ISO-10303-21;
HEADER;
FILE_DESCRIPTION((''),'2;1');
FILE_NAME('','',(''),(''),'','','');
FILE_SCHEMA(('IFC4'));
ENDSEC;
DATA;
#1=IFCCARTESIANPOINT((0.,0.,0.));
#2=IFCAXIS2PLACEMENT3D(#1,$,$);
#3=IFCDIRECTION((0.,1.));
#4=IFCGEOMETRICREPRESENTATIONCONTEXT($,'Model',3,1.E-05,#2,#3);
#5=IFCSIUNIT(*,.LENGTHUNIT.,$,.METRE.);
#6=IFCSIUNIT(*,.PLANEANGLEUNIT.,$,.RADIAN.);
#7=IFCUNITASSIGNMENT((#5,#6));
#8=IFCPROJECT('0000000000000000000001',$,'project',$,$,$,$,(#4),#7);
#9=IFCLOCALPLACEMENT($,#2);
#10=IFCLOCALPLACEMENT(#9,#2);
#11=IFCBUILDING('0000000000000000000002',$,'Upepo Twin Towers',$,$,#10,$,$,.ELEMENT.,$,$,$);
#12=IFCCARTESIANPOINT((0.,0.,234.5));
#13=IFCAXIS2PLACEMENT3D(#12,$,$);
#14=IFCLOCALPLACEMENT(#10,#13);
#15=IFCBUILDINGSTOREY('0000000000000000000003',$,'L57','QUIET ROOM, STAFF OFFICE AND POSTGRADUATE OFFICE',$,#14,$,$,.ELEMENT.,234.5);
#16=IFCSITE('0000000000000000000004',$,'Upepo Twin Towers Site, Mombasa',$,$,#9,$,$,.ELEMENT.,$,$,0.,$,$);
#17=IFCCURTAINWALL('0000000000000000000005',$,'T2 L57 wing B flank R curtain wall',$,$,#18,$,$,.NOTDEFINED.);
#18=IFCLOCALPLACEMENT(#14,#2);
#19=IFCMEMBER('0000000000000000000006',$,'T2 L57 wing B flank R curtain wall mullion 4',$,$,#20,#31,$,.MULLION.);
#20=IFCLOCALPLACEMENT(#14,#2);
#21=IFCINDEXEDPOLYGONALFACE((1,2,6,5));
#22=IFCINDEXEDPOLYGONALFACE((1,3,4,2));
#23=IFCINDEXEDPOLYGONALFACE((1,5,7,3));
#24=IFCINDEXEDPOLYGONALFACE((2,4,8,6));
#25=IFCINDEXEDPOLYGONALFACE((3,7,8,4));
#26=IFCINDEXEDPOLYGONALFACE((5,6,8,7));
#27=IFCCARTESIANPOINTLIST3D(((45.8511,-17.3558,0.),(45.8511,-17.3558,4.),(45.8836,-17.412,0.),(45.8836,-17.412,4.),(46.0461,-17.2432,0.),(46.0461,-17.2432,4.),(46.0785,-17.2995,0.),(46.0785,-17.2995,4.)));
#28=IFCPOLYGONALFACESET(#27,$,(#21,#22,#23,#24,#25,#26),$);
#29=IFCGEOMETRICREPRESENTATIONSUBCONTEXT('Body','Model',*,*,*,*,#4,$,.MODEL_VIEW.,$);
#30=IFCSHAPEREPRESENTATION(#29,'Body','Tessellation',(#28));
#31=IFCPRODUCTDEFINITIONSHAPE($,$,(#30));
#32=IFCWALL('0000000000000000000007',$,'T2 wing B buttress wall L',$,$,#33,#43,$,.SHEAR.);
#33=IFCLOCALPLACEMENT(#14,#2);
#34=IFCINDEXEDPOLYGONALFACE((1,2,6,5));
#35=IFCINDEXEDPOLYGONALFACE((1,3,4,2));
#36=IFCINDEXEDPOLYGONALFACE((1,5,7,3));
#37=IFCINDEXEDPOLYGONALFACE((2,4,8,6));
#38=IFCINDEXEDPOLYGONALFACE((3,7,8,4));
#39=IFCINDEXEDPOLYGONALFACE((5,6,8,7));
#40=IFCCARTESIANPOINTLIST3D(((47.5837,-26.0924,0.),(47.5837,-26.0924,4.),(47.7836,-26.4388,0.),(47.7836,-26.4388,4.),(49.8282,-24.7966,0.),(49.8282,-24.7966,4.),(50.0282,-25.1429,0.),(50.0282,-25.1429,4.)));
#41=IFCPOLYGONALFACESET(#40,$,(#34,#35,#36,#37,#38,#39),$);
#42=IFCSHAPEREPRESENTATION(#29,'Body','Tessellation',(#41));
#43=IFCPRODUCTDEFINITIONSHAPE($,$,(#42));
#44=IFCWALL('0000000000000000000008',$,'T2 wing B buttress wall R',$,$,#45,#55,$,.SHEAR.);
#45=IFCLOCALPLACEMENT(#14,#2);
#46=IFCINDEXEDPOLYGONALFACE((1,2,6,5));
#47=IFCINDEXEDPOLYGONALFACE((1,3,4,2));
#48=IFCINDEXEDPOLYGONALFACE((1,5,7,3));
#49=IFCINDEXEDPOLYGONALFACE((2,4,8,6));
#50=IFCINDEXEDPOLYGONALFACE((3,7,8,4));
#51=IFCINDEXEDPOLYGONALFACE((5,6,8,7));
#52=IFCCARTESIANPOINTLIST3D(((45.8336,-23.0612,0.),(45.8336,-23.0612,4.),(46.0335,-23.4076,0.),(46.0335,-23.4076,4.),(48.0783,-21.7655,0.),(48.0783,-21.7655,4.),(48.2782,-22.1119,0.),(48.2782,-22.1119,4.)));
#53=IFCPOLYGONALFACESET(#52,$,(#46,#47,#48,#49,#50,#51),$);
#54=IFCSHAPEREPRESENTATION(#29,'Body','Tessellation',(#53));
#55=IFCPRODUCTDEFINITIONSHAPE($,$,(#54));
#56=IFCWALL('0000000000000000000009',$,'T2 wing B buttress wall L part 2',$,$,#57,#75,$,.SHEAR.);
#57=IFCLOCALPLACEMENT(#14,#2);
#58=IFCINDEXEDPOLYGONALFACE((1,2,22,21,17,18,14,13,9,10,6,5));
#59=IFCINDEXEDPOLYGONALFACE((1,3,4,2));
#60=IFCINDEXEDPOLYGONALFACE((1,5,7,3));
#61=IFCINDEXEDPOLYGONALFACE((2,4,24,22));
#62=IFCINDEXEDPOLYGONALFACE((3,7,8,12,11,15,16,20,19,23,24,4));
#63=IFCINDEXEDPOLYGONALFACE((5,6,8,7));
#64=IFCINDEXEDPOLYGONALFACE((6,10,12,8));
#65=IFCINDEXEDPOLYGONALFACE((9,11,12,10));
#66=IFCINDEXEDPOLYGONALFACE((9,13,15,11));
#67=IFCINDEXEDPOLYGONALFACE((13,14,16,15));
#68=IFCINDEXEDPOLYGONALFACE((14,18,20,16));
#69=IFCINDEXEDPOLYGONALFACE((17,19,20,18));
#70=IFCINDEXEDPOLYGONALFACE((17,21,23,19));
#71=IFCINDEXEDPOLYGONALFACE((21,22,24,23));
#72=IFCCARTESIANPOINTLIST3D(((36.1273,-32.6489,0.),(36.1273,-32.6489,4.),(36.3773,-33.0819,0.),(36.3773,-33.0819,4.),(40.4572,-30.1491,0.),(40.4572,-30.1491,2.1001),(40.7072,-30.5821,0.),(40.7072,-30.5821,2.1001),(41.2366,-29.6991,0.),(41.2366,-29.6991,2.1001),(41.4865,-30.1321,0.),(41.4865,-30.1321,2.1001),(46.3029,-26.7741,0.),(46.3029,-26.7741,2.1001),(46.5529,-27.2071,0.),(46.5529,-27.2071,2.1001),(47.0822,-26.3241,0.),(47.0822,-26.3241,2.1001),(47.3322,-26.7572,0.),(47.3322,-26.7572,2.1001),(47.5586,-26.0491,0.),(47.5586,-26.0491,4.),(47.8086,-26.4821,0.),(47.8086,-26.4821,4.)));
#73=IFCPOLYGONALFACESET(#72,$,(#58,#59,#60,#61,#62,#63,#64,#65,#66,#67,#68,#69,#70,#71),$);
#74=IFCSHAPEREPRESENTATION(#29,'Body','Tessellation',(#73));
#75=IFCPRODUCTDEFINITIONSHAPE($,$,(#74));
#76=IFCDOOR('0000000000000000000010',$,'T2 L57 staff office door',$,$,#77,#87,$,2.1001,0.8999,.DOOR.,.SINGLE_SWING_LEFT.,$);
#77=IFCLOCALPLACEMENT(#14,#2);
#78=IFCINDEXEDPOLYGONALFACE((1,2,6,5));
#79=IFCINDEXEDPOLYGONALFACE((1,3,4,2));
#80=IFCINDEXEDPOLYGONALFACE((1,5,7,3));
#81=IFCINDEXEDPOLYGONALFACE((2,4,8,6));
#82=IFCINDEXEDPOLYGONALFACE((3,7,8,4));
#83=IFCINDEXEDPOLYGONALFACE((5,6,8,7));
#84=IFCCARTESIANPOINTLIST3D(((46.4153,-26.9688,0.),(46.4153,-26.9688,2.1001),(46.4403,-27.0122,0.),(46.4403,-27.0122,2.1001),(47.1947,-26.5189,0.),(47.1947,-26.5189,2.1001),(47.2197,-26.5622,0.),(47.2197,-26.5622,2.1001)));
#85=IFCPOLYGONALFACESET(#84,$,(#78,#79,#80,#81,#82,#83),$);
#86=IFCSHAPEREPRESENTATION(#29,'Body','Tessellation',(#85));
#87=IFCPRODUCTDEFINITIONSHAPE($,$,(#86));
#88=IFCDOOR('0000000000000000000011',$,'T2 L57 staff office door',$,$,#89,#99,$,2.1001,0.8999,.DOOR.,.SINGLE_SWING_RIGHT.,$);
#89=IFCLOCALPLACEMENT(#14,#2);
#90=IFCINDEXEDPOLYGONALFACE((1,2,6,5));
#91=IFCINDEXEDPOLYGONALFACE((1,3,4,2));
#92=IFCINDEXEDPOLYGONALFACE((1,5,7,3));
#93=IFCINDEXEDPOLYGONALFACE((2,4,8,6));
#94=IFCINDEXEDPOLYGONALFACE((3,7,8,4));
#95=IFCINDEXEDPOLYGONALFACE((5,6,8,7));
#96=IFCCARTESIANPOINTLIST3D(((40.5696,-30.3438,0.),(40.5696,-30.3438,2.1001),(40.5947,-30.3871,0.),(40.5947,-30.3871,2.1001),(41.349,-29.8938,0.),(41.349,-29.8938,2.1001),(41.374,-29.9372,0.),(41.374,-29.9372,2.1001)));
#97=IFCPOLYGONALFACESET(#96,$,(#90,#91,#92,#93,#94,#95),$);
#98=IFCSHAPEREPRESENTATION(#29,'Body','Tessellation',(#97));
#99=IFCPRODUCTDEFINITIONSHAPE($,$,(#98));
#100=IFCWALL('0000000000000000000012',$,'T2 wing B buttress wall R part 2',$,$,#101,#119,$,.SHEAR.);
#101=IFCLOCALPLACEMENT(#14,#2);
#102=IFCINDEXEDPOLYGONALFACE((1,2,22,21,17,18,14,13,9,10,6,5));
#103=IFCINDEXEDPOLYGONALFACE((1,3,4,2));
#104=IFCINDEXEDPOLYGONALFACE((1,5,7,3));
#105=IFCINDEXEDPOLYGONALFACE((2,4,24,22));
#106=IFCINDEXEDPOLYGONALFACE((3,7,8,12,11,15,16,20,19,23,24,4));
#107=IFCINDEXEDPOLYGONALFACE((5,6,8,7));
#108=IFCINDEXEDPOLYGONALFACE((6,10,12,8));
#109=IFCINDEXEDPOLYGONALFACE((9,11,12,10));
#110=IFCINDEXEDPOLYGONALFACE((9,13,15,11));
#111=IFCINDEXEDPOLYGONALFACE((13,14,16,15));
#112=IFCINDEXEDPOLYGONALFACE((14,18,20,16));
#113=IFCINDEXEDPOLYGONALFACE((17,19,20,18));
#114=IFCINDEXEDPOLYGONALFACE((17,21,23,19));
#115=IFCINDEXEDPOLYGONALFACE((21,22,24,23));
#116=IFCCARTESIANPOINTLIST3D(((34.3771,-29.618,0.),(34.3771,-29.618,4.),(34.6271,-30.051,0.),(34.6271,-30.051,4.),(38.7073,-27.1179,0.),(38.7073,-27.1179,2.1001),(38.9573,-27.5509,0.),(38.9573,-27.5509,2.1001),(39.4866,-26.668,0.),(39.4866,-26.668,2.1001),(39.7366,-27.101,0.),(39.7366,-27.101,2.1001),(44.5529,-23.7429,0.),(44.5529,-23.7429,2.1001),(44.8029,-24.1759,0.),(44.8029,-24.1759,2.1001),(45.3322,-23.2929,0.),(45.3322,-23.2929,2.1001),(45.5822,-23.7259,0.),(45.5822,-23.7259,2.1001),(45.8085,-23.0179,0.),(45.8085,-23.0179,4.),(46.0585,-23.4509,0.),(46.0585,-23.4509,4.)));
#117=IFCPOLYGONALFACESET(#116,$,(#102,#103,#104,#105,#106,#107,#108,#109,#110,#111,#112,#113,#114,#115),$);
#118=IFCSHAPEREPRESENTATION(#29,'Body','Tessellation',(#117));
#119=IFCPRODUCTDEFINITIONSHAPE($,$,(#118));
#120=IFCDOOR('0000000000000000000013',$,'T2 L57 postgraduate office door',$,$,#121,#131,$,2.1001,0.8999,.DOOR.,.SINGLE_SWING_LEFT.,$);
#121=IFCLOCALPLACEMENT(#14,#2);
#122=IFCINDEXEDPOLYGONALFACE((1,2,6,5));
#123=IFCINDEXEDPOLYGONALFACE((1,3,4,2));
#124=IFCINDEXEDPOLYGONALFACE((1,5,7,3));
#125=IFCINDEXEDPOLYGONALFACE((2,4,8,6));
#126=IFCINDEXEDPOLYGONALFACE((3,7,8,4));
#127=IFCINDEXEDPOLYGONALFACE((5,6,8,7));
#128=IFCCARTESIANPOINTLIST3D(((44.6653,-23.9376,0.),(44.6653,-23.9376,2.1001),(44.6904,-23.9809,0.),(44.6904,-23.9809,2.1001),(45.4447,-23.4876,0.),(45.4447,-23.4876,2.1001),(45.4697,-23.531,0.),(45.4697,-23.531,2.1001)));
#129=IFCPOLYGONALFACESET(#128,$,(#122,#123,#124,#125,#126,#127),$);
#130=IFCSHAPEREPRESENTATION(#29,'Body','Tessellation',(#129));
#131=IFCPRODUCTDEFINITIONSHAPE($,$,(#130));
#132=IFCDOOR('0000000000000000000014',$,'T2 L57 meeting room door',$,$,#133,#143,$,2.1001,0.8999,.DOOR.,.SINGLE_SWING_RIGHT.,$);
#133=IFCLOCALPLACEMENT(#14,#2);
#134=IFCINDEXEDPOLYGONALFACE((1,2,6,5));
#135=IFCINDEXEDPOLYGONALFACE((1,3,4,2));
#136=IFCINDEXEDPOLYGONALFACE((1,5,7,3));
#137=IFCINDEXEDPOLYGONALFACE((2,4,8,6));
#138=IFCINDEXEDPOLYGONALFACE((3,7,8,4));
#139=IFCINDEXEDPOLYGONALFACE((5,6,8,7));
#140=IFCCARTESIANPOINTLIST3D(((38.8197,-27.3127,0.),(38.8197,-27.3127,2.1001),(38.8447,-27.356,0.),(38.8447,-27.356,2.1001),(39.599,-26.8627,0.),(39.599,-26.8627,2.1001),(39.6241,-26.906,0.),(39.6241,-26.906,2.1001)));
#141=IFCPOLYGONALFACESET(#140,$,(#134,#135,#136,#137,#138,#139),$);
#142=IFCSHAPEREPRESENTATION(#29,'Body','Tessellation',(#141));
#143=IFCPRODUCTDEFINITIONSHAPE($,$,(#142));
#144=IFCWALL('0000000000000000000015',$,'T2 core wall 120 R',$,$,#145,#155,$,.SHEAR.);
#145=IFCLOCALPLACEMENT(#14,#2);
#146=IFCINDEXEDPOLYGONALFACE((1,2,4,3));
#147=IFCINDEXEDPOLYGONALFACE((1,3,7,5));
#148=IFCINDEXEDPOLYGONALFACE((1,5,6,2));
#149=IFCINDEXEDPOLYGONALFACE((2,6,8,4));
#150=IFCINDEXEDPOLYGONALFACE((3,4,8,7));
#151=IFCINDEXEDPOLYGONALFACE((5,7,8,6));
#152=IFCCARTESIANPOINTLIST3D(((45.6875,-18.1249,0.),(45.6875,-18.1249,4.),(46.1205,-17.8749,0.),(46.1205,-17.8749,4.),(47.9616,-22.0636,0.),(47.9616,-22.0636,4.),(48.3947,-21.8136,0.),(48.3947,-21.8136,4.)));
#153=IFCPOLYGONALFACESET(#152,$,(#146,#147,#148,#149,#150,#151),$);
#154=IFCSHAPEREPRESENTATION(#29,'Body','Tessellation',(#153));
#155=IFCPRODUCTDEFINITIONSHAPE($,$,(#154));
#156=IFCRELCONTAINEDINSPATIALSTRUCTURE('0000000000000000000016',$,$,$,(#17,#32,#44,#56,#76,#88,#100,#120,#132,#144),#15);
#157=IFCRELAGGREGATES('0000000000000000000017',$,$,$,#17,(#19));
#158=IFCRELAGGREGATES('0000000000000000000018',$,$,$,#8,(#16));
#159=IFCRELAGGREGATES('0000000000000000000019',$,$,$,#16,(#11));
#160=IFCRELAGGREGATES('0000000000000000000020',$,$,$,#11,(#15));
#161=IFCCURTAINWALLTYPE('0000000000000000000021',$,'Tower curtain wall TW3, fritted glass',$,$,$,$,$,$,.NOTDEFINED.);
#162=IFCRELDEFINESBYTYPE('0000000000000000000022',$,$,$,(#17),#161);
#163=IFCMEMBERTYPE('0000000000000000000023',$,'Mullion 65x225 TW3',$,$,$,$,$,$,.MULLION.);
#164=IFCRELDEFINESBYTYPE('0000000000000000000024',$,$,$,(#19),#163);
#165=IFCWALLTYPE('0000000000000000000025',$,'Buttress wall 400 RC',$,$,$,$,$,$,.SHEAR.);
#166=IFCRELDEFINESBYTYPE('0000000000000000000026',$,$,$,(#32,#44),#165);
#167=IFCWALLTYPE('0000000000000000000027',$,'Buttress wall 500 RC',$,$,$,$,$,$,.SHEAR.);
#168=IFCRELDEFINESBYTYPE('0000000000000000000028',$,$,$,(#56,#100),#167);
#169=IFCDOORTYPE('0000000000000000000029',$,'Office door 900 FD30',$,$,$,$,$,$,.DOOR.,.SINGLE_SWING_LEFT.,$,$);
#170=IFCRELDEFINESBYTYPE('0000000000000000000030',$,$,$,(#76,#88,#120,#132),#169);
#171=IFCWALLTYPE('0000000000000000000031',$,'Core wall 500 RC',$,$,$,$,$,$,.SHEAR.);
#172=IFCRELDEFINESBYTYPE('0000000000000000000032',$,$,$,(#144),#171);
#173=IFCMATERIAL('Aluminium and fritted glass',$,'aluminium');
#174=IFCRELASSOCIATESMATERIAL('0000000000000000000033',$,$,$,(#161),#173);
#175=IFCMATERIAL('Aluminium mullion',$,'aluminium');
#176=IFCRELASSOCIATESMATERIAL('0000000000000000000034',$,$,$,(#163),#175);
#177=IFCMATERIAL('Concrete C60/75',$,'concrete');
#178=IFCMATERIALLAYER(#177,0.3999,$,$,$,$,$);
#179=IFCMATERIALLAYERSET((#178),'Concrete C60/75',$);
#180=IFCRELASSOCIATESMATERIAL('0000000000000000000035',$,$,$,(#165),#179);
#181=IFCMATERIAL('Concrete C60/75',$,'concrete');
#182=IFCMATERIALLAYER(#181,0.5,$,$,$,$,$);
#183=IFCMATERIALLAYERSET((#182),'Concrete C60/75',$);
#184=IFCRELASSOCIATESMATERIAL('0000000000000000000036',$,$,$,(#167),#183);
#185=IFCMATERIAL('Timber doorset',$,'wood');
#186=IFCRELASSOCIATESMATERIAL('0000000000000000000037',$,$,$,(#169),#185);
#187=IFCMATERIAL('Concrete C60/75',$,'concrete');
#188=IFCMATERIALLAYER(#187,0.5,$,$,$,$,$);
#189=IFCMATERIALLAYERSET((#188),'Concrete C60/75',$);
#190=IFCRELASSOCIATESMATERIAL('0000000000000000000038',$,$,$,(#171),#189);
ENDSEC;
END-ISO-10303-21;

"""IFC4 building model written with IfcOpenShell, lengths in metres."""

from ifc_helpers import new_model, si_unit, direction, frame, frame_2d, origin, origin_2d, place, context, subcontext, project, spatial, rectangle, extrude, material, layer, layer_set, material_profile, profile_set, type_object, element, fill, aggregate, save


model = new_model("IFC4")

# Units and contexts
model_context = context("Model", 3, precision=1e-05, world=origin(), true_north=direction((0.0, 1.0)))
body_context = subcontext(model_context, "Body", "Model", "MODEL_VIEW")
ifc_project = project(units=[si_unit("LENGTHUNIT", "METRE"), si_unit("PLANEANGLEUNIT", "RADIAN")], contexts=[model_context])

# Site, building, storey
site_placement = place(None, origin())
site = spatial("IfcSite", under=ifc_project, at=site_placement, Name="Upepo Twin Towers Site, Mombasa", CompositionType="ELEMENT", RefElevation=0.0)
building_placement = place(site_placement, origin())
building = spatial("IfcBuilding", under=site, at=building_placement, Name="Upepo Twin Towers", CompositionType="ELEMENT")
storey_placement = place(building_placement, frame((0.0, 0.0, 234.5)))
storey = spatial("IfcBuildingStorey", under=building, at=storey_placement, Name="L57", Description="QUIET ROOM, STAFF OFFICE AND POSTGRADUATE OFFICE", CompositionType="ELEMENT", Elevation=234.5)

# Curtain wall, member
ifc_material_1 = material(Name="Aluminium and fritted glass", Category="aluminium")
curtain_wall_type = type_object("IfcCurtainWallType", Name="Tower curtain wall TW3, fritted glass", PredefinedType="NOTDEFINED", material=ifc_material_1)
curtain_wall_placement = place(storey_placement, origin())
curtain_wall = element("IfcCurtainWall", 1, at=curtain_wall_placement, inside=storey, type_object=curtain_wall_type, Name="T2 L57 wing B flank R curtain wall", PredefinedType="NOTDEFINED")
ifc_material_2 = material(Name="Aluminium mullion", Category="aluminium")
ifc_material_profile = material_profile(ifc_material_2, rectangle(XDim=0.0649, YDim=0.2251, at=origin_2d()), Name="MULLION 65x225")
ifc_profile_set = profile_set([ifc_material_profile], Name="Aluminium mullion")
member_type = type_object("IfcMemberType", Name="Mullion 65x225 TW3", PredefinedType="MULLION", material=ifc_profile_set)
member_placement = place(storey_placement, frame((45.9648, -17.3276, 0.0), z_axis=(0.0, 0.0, 1.0), x_axis=(-0.5, 0.866025, 0.0)))
member = element("IfcMember", 2, at=member_placement, type_object=member_type, Name="T2 L57 wing B flank R curtain wall mullion 4", PredefinedType="MULLION", context=body_context, shape_type="SweptSolid", body=[
    extrude(rectangle(XDim=0.0649, YDim=0.2251, at=origin_2d()), origin(), (0.0, 0.0, 1.0), 4.0),
])
aggregate(curtain_wall, [member])

# Walls
ifc_material_3 = material(Name="Concrete C60/75", Category="concrete")
ifc_layer_1 = layer(ifc_material_3, 0.3999)
ifc_layer_set_1 = layer_set([ifc_layer_1], Name="Concrete C60/75")
wall_type_1 = type_object("IfcWallType", Name="Buttress wall 400 RC", PredefinedType="SHEAR", material=ifc_layer_set_1)
for number, where, z_axis, x_axis, name in (
    (3, (49.9282, -24.9697, 0.0), (0.0, 0.0, 1.0), (-0.866032, -0.499989, 0.0), "T2 wing B buttress wall L"),
    (4, (48.1782, -21.9387, 0.0), (0.0, 0.0, 1.0), (-0.866073, -0.499918, 0.0), "T2 wing B buttress wall R"),
):
    element("IfcWall", number, at=place(storey_placement, frame(where, z_axis=z_axis, x_axis=x_axis)), inside=storey, type_object=wall_type_1, Name=name, PredefinedType="SHEAR", context=body_context, shape_type="SweptSolid", body=[
        extrude(rectangle(XDim=2.5918, YDim=0.3999, at=frame_2d((1.2959, 0.0))), origin(), (0.0, 0.0, 1.0), 4.0),
    ])

# Walls, openings, doors
ifc_material_4 = material(Name="Concrete C60/75", Category="concrete")
ifc_layer_2 = layer(ifc_material_4, 0.5)
ifc_layer_set_2 = layer_set([ifc_layer_2], Name="Concrete C60/75")
wall_type_2 = type_object("IfcWallType", Name="Buttress wall 500 RC", PredefinedType="SHEAR", material=ifc_layer_set_2)
wall_1_placement = place(storey_placement, frame((47.6836, -26.2656, 0.0), z_axis=(0.0, 0.0, 1.0), x_axis=(-0.866028, -0.499996, 0.0)))
wall_1 = element("IfcWall", 5, at=wall_1_placement, inside=storey, type_object=wall_type_2, Name="T2 wing B buttress wall L part 2", PredefinedType="SHEAR", context=body_context, shape_type="SweptSolid", body=[
    extrude(rectangle(XDim=13.1997, YDim=0.5, at=frame_2d((6.5999, 0.0))), origin(), (0.0, 0.0, 1.0), 4.0),
])
opening_1_placement = place(wall_1_placement, frame((0.55, 0.0, 0.0)))
opening_1 = element("IfcOpeningElement", 6, at=opening_1_placement, cuts=wall_1, PredefinedType="OPENING", context=body_context, shape_type="SweptSolid", body=[
    extrude(rectangle(XDim=0.8999, YDim=2.1001, at=frame_2d((0.45, 1.05))), frame((0.0, 0.26, 0.0), z_axis=(0.0, -1.0, 0.0), x_axis=(1.0, 0.0, 0.0)), (0.0, 0.0, 1.0), 0.52),
])
opening_2_placement = place(wall_1_placement, frame((7.3, 0.0, 0.0)))
opening_2 = element("IfcOpeningElement", 7, at=opening_2_placement, cuts=wall_1, PredefinedType="OPENING", context=body_context, shape_type="SweptSolid", body=[
    extrude(rectangle(XDim=0.8999, YDim=2.1001, at=frame_2d((0.45, 1.05))), frame((0.0, 0.26, 0.0), z_axis=(0.0, -1.0, 0.0), x_axis=(1.0, 0.0, 0.0)), (0.0, 0.0, 1.0), 0.52),
])
ifc_material_5 = material(Name="Timber doorset", Category="wood")
door_type_1 = type_object("IfcDoorType", Name="Office door 900 FD30", OperationType="SINGLE_SWING_LEFT", PredefinedType="DOOR", material=ifc_material_5)
door_1_placement = place(opening_1_placement, origin())
door_1 = element("IfcDoor", 8, at=door_1_placement, inside=storey, type_object=door_type_1, Name="T2 L57 staff office door", OperationType="SINGLE_SWING_LEFT", OverallHeight=2.1001, OverallWidth=0.8999, PredefinedType="DOOR", context=body_context, shape_type="SweptSolid", body=[
    extrude(rectangle(XDim=0.8999, YDim=2.1001, at=frame_2d((0.45, 1.05))), frame((0.0, 0.0249, 0.0), z_axis=(0.0, -1.0, 0.0), x_axis=(1.0, 0.0, 0.0)), (0.0, 0.0, 1.0), 0.05),
])
fill(opening_1, door_1)
door_2_placement = place(opening_2_placement, origin())
door_2 = element("IfcDoor", 9, at=door_2_placement, inside=storey, type_object=door_type_1, Name="T2 L57 staff office door", OperationType="SINGLE_SWING_RIGHT", OverallHeight=2.1001, OverallWidth=0.8999, PredefinedType="DOOR", context=body_context, shape_type="SweptSolid", body=[
    extrude(rectangle(XDim=0.8999, YDim=2.1001, at=frame_2d((0.45, 1.05))), frame((0.0, 0.0249, 0.0), z_axis=(0.0, -1.0, 0.0), x_axis=(1.0, 0.0, 0.0)), (0.0, 0.0, 1.0), 0.05),
])
fill(opening_2, door_2)
wall_2_placement = place(storey_placement, frame((45.9336, -23.2344, 0.0), z_axis=(0.0, 0.0, 1.0), x_axis=(-0.86602, -0.50001, 0.0)))
wall_2 = element("IfcWall", 10, at=wall_2_placement, inside=storey, type_object=wall_type_2, Name="T2 wing B buttress wall R part 2", PredefinedType="SHEAR", context=body_context, shape_type="SweptSolid", body=[
    extrude(rectangle(XDim=13.2, YDim=0.5, at=frame_2d((6.6001, 0.0))), origin(), (0.0, 0.0, 1.0), 4.0),
])
opening_3_placement = place(wall_2_placement, frame((0.55, 0.0, 0.0)))
opening_3 = element("IfcOpeningElement", 11, at=opening_3_placement, cuts=wall_2, PredefinedType="OPENING", context=body_context, shape_type="SweptSolid", body=[
    extrude(rectangle(XDim=0.8999, YDim=2.1001, at=frame_2d((0.45, 1.05))), frame((0.0, 0.26, 0.0), z_axis=(0.0, -1.0, 0.0), x_axis=(1.0, 0.0, 0.0)), (0.0, 0.0, 1.0), 0.52),
])
opening_4_placement = place(wall_2_placement, frame((7.3, 0.0, 0.0)))
opening_4 = element("IfcOpeningElement", 12, at=opening_4_placement, cuts=wall_2, PredefinedType="OPENING", context=body_context, shape_type="SweptSolid", body=[
    extrude(rectangle(XDim=0.8999, YDim=2.1001, at=frame_2d((0.45, 1.05))), frame((0.0, 0.26, 0.0), z_axis=(0.0, -1.0, 0.0), x_axis=(1.0, 0.0, 0.0)), (0.0, 0.0, 1.0), 0.52),
])
door_3_placement = place(opening_3_placement, origin())
door_3 = element("IfcDoor", 13, at=door_3_placement, inside=storey, type_object=door_type_1, Name="T2 L57 postgraduate office door", OperationType="SINGLE_SWING_LEFT", OverallHeight=2.1001, OverallWidth=0.8999, PredefinedType="DOOR", context=body_context, shape_type="SweptSolid", body=[
    extrude(rectangle(XDim=0.8999, YDim=2.1001, at=frame_2d((0.45, 1.05))), frame((0.0, 0.0249, 0.0), z_axis=(0.0, -1.0, 0.0), x_axis=(1.0, 0.0, 0.0)), (0.0, 0.0, 1.0), 0.05),
])
fill(opening_3, door_3)
door_4_placement = place(opening_4_placement, origin())
door_4 = element("IfcDoor", 14, at=door_4_placement, inside=storey, type_object=door_type_1, Name="T2 L57 meeting room door", OperationType="SINGLE_SWING_RIGHT", OverallHeight=2.1001, OverallWidth=0.8999, PredefinedType="DOOR", context=body_context, shape_type="SweptSolid", body=[
    extrude(rectangle(XDim=0.8999, YDim=2.1001, at=frame_2d((0.45, 1.05))), frame((0.0, 0.0249, 0.0), z_axis=(0.0, -1.0, 0.0), x_axis=(1.0, 0.0, 0.0)), (0.0, 0.0, 1.0), 0.05),
])
fill(opening_4, door_4)

# Wall
ifc_material_6 = material(Name="Concrete C60/75", Category="concrete")
ifc_layer_3 = layer(ifc_material_6, 0.5)
ifc_layer_set_3 = layer_set([ifc_layer_3], Name="Concrete C60/75")
wall_type_3 = type_object("IfcWallType", Name="Core wall 500 RC", PredefinedType="SHEAR", material=ifc_layer_set_3)
wall_3_placement = place(storey_placement, frame((45.9041, -18.0, 0.0), z_axis=(0.0, 0.0, 1.0), x_axis=(0.500024, -0.866011, 0.0)))
element("IfcWall", 15, at=wall_3_placement, inside=storey, type_object=wall_type_3, Name="T2 core wall 120 R", PredefinedType="SHEAR", context=body_context, shape_type="SweptSolid", body=[
    extrude(rectangle(XDim=4.5481, YDim=0.5, at=frame_2d((2.2739, 0.0))), origin(), (0.0, 0.0, 1.0), 4.0),
])

save(model, "model.ifc")
